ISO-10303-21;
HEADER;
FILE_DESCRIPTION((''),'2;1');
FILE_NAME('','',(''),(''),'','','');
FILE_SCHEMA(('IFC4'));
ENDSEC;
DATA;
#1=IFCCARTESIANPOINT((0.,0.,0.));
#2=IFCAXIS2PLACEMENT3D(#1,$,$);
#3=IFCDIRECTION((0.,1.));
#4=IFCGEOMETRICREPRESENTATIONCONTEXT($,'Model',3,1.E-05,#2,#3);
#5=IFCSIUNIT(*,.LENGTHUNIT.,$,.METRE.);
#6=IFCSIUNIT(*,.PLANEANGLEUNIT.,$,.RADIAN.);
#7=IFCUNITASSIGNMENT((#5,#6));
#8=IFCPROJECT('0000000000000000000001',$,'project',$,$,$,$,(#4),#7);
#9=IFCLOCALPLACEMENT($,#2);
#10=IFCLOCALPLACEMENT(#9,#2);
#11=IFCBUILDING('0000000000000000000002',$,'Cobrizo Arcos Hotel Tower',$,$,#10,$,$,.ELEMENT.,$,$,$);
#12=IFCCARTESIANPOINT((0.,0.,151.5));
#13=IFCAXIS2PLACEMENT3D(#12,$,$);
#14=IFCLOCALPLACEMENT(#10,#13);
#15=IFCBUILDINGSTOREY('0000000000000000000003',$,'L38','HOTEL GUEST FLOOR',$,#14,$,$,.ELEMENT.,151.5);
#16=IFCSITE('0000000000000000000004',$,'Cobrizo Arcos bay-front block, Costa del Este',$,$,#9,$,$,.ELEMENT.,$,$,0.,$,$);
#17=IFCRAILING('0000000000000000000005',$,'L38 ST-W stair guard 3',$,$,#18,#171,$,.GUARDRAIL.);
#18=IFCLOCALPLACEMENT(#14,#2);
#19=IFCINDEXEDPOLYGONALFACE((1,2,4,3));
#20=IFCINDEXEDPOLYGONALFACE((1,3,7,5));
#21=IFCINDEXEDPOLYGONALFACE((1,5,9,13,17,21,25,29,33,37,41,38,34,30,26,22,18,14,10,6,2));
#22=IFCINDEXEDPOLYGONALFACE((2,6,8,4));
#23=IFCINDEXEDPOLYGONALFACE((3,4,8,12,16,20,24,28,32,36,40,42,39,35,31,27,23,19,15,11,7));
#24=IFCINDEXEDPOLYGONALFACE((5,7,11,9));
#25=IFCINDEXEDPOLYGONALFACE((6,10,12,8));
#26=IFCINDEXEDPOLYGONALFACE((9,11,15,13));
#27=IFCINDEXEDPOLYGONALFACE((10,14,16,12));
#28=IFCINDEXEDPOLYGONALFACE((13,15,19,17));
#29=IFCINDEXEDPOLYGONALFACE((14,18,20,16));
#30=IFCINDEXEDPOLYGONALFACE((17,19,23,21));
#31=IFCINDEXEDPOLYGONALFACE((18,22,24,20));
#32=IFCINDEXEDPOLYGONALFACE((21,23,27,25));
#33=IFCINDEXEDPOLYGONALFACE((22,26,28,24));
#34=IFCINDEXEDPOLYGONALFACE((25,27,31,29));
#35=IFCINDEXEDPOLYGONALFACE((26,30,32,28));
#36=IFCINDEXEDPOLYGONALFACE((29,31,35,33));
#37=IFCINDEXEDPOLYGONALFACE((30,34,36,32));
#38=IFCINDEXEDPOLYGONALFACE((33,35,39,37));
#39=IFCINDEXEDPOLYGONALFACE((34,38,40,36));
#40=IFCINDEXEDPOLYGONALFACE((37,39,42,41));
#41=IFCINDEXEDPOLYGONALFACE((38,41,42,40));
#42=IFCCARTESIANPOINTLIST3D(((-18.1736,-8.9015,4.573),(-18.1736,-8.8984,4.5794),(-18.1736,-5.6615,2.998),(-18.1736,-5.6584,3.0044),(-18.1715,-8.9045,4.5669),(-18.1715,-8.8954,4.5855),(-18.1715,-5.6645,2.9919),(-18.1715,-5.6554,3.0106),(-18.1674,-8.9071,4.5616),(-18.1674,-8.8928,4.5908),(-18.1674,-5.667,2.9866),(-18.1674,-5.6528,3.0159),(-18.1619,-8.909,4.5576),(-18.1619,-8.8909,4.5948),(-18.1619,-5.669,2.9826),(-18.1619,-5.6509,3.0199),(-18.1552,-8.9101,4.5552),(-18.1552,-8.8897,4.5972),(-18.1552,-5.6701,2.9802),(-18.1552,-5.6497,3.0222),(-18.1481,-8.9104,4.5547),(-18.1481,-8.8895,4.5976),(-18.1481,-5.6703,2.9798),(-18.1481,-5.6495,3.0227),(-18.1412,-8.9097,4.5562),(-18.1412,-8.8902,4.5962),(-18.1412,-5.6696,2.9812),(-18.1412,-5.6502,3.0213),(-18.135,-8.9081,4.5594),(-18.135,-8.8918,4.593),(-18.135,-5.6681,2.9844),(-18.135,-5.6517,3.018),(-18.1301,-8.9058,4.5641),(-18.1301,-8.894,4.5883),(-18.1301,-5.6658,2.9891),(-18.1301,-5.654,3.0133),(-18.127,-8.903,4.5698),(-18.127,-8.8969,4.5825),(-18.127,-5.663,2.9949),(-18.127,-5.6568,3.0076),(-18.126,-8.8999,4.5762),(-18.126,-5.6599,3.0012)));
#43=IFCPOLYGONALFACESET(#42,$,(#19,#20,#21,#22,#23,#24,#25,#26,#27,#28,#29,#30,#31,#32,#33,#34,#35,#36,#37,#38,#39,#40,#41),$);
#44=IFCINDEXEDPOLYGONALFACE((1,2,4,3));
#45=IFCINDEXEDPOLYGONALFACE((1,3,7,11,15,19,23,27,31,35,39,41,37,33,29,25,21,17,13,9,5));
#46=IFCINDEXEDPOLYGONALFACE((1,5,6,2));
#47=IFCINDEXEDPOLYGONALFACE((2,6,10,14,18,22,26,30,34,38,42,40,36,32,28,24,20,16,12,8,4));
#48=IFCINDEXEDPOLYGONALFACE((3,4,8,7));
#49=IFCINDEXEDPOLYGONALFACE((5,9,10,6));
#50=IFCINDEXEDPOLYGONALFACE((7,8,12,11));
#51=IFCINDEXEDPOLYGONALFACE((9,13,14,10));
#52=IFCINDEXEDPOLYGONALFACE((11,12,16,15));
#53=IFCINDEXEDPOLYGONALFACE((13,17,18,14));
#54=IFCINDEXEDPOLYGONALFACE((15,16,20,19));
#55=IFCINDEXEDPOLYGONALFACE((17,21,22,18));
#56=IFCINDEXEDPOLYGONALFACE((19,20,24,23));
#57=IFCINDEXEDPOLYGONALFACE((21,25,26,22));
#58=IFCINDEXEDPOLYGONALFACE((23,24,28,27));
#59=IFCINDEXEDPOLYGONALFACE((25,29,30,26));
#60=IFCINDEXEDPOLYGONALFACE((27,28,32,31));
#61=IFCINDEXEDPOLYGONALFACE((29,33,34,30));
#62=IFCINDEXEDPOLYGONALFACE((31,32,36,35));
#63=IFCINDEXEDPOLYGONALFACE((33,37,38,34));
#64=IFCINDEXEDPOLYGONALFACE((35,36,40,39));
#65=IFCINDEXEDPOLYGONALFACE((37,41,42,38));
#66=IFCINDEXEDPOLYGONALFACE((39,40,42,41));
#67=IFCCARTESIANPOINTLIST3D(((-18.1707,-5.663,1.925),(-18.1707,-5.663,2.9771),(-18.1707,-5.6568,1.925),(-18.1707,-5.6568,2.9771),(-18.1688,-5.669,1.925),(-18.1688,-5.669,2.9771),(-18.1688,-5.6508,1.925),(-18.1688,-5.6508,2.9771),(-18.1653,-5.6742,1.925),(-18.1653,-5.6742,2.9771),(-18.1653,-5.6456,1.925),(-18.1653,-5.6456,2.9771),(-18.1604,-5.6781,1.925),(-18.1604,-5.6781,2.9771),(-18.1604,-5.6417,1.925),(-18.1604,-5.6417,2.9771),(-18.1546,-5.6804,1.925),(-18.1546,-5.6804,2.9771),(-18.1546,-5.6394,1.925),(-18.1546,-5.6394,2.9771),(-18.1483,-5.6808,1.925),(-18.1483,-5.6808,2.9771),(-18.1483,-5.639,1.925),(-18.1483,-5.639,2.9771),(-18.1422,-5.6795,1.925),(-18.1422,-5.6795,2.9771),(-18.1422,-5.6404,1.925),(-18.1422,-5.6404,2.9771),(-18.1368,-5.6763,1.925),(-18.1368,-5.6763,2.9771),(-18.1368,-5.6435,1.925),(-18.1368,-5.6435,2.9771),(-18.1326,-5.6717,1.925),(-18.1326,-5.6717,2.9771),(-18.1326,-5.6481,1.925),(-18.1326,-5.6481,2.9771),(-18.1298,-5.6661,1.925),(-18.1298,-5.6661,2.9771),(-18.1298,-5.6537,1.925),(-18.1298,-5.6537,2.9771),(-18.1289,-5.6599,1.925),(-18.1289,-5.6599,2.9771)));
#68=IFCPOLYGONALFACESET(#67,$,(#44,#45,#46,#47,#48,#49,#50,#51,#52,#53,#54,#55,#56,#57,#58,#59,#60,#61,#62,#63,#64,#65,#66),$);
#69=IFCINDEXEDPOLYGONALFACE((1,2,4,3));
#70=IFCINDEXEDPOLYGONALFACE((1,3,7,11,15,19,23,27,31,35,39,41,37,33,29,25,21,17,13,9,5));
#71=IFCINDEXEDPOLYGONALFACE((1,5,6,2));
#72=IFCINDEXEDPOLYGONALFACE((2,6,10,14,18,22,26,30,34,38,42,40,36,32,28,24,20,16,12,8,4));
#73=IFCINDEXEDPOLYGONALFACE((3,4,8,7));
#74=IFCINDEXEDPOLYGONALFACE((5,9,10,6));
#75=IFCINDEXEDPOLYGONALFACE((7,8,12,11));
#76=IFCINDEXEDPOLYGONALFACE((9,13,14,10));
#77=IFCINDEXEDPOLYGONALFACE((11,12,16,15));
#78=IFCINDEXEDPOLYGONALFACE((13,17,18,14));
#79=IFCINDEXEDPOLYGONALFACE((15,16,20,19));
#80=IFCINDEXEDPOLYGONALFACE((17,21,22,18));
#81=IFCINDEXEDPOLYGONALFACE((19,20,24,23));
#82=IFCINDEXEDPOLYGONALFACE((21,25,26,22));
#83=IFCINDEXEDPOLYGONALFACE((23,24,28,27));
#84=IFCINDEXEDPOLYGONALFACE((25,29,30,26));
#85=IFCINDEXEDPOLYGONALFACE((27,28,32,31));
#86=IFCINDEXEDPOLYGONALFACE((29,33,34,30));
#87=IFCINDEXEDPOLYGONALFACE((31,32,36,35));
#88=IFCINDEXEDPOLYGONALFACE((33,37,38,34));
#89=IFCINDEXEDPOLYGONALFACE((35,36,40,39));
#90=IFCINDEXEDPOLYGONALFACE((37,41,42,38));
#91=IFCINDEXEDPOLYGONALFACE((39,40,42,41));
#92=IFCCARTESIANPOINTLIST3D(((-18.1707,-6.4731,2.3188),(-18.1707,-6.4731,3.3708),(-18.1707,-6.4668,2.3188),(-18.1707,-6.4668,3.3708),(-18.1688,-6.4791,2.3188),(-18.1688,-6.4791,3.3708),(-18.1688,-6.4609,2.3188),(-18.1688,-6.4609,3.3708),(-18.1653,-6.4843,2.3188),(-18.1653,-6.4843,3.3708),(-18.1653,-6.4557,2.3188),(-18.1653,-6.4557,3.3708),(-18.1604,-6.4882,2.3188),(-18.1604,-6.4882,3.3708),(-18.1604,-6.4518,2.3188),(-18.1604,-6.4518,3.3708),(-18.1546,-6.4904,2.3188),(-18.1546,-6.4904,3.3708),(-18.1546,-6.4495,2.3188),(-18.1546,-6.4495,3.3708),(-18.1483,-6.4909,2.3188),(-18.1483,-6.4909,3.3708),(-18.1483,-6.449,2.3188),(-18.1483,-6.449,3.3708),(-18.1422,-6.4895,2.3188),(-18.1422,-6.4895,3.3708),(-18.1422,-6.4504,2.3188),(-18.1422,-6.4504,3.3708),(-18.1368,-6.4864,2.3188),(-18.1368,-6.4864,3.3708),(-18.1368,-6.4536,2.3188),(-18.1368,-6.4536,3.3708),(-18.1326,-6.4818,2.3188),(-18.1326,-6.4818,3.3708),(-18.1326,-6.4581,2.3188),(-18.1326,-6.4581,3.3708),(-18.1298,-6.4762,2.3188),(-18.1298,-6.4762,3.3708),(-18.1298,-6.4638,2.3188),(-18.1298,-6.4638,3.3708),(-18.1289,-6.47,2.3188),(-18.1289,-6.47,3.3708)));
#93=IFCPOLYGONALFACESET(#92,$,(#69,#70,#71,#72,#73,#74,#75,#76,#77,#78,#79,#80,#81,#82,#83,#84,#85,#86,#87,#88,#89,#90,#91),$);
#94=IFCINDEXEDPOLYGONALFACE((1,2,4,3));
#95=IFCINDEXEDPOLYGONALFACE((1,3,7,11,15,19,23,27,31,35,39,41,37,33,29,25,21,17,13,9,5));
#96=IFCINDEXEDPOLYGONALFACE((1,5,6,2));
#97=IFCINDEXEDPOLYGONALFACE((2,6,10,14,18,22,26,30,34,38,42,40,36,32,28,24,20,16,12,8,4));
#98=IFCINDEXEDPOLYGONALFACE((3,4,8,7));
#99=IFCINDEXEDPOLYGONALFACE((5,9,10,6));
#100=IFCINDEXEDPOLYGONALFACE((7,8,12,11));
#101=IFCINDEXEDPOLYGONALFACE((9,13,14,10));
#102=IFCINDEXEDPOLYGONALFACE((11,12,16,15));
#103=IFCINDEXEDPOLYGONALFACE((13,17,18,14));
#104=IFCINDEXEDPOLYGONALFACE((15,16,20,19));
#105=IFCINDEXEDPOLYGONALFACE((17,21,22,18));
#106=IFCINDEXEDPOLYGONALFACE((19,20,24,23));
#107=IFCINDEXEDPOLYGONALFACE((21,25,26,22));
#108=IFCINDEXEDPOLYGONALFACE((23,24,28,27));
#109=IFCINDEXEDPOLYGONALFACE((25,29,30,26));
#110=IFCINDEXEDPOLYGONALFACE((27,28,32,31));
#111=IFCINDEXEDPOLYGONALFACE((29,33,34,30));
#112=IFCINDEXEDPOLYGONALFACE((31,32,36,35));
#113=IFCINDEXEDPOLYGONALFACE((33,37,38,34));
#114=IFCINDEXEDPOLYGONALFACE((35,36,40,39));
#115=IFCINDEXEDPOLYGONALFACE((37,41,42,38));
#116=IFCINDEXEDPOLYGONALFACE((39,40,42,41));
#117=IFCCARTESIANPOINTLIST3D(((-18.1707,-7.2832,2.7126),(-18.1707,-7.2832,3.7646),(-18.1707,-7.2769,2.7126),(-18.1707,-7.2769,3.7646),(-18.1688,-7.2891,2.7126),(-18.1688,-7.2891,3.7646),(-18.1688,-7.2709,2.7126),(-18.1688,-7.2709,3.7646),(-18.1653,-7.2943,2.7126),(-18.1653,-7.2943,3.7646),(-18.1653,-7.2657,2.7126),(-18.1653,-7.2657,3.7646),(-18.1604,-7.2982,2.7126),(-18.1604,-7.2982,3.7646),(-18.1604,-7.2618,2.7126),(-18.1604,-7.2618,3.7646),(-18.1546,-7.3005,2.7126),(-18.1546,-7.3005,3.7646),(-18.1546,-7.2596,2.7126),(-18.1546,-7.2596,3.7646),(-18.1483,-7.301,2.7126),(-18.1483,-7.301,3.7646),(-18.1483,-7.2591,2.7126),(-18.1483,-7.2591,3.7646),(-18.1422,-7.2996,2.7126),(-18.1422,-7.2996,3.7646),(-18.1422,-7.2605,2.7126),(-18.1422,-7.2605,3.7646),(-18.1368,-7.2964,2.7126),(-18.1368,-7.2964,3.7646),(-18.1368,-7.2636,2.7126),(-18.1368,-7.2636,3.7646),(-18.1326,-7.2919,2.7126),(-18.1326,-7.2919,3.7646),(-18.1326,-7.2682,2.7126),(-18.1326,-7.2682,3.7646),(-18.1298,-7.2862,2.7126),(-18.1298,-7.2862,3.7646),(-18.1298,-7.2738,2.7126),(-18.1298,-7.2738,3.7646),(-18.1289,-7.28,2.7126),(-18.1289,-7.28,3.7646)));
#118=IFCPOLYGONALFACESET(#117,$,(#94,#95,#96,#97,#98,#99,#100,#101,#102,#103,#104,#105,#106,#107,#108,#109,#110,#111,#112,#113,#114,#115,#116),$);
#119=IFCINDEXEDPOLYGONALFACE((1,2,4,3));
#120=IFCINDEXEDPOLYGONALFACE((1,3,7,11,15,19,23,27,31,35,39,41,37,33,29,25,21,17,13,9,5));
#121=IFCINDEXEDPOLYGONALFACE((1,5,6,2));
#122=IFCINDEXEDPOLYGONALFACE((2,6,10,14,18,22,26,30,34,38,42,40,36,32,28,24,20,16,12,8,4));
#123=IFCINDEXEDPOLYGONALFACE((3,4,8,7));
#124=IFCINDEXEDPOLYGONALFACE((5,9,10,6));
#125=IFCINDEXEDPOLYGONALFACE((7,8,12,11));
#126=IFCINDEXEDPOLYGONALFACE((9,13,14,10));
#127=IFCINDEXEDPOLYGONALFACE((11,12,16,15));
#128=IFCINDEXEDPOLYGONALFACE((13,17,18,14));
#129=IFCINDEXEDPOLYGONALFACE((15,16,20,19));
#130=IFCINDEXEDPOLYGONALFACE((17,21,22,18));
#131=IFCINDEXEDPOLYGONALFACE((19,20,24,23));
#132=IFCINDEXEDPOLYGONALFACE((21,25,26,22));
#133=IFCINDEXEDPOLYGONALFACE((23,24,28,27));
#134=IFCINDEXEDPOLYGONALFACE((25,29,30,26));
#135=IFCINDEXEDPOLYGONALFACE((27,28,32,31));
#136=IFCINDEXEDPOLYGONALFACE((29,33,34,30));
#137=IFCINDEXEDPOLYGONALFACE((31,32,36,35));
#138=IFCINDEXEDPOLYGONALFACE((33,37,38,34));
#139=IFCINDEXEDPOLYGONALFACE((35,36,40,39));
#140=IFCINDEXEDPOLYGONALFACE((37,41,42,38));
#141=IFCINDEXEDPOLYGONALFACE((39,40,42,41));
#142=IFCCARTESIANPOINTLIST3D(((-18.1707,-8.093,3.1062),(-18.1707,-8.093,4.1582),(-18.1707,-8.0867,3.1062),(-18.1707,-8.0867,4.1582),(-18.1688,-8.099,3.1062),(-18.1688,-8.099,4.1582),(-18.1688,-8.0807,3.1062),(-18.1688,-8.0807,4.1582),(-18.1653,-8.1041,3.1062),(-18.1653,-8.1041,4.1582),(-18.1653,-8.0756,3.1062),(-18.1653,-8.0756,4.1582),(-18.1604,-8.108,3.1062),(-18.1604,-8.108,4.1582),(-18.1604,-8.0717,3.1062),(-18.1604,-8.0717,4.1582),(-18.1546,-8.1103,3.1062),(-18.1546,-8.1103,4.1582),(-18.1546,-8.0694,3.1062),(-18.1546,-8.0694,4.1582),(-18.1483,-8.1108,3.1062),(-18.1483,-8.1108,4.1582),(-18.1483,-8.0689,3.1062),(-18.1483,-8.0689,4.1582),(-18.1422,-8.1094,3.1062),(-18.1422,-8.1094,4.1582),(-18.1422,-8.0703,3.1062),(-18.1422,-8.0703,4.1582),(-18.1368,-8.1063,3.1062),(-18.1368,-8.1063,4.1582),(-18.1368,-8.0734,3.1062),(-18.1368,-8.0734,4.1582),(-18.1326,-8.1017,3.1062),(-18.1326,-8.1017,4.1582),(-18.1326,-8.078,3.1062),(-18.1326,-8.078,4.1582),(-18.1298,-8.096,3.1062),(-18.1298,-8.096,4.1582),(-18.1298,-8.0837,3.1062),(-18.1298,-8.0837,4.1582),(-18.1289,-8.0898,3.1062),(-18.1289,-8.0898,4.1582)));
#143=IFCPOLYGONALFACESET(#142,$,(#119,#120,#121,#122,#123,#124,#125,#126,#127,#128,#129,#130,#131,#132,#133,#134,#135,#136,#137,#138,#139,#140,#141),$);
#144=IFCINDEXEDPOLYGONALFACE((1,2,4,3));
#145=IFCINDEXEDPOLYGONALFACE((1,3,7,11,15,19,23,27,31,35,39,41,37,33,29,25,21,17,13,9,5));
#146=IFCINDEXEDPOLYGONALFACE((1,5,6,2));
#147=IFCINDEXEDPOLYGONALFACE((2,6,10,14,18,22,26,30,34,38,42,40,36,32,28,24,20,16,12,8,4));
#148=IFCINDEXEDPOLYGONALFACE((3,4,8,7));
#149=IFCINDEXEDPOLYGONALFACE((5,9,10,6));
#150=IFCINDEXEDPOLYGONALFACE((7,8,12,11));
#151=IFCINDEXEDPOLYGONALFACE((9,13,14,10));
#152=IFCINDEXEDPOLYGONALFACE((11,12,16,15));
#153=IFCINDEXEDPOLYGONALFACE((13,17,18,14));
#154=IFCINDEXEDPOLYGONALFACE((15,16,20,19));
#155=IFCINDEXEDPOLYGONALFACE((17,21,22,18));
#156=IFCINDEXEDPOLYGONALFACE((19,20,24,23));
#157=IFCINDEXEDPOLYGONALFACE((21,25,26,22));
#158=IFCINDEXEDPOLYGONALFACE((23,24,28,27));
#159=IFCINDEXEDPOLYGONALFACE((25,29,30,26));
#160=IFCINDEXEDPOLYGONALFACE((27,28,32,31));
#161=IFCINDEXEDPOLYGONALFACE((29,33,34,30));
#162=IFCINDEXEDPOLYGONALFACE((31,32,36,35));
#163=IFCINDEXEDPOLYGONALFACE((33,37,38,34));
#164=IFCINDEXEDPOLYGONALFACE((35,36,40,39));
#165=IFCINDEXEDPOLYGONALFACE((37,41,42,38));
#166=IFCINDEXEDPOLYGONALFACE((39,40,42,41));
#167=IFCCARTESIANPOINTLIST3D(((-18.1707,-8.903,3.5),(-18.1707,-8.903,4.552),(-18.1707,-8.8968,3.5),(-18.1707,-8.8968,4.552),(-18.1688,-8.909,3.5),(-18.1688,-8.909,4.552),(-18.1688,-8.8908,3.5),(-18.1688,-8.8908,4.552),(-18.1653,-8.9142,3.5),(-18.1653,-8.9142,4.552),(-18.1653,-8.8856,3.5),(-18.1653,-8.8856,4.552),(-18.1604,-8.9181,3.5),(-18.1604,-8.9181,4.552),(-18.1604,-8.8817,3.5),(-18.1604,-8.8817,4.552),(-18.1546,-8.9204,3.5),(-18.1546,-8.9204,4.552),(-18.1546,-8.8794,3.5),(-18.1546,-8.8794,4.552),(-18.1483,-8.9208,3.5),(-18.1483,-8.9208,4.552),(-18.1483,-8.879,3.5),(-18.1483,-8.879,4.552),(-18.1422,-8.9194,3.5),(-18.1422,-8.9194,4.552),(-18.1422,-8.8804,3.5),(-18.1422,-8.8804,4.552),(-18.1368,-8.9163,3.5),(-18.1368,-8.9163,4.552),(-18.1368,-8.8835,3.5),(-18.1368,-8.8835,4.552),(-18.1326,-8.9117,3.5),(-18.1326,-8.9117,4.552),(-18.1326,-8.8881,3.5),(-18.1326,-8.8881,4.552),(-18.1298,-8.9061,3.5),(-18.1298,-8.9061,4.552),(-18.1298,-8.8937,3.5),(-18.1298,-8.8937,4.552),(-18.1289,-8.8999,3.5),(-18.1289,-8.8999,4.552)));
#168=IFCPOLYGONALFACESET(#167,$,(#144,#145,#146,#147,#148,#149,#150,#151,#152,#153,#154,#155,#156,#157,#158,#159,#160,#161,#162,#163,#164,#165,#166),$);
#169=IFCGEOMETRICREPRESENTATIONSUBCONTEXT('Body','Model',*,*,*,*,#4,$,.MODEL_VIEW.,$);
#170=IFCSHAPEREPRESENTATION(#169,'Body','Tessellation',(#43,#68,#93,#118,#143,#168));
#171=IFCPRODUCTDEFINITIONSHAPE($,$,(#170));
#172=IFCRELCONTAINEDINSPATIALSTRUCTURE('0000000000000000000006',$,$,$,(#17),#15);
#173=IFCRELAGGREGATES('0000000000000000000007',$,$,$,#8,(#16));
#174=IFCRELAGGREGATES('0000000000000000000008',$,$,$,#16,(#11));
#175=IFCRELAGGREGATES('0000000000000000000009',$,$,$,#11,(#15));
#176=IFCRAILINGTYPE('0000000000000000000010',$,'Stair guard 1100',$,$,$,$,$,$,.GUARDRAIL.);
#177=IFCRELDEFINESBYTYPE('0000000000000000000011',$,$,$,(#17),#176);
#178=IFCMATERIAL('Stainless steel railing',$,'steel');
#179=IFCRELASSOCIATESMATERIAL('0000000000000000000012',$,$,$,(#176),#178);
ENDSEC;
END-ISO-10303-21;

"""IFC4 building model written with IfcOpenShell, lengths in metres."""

from ifc_helpers import new_model, si_unit, direction, frame, origin, origin_2d, place, context, subcontext, project, spatial, circle, extrude, material, type_object, element, save


model = new_model("IFC4")

# Units and contexts
model_context = context("Model", 3, precision=1e-05, world=origin(), true_north=direction((0.0, 1.0)))
body_context = subcontext(model_context, "Body", "Model", "MODEL_VIEW")
ifc_project = project(units=[si_unit("LENGTHUNIT", "METRE"), si_unit("PLANEANGLEUNIT", "RADIAN")], contexts=[model_context])

# Site, building, storey
site_placement = place(None, origin())
site = spatial("IfcSite", under=ifc_project, at=site_placement, Name="Cobrizo Arcos bay-front block, Costa del Este", CompositionType="ELEMENT", RefElevation=0.0)
building_placement = place(site_placement, origin())
building = spatial("IfcBuilding", under=site, at=building_placement, Name="Cobrizo Arcos Hotel Tower", CompositionType="ELEMENT")
storey_placement = place(building_placement, frame((0.0, 0.0, 151.5)))
storey = spatial("IfcBuildingStorey", under=building, at=storey_placement, Name="L38", Description="HOTEL GUEST FLOOR", CompositionType="ELEMENT", Elevation=151.5)

# Railing
ifc_material_1 = material(Name="Stainless steel railing", Category="steel")
railing_type_1 = type_object("IfcRailingType", Name="Stair guard 1100", PredefinedType="GUARDRAIL", material=ifc_material_1)
railing_1_placement = place(storey_placement, frame((-18.1499, -5.6599, 1.925)))
element("IfcRailing", 1, at=railing_1_placement, inside=storey, type_object=railing_type_1, Name="L38 ST-W stair guard 3", PredefinedType="GUARDRAIL", context=body_context, shape_type="SweptSolid", body=[
    extrude(circle(Radius=0.0239, at=origin_2d()), frame((0.0, 0.0, 1.0762), z_axis=(0.0, -0.899373, 0.437183), x_axis=(1.0, 0.0, 0.0)), (0.0, 0.0, 1.0), 3.6025),
    extrude(circle(Radius=0.021, at=origin_2d()), origin(), (0.0, 0.0, 1.0), 1.052),
    extrude(circle(Radius=0.021, at=origin_2d()), frame((0.0, -0.8101, 0.3938)), (0.0, 0.0, 1.0), 1.052),
    extrude(circle(Radius=0.021, at=origin_2d()), frame((0.0, -1.6201, 0.7876)), (0.0, 0.0, 1.0), 1.052),
    extrude(circle(Radius=0.021, at=origin_2d()), frame((0.0, -2.4299, 1.1812)), (0.0, 0.0, 1.0), 1.052),
    extrude(circle(Radius=0.021, at=origin_2d()), frame((0.0, -3.24, 1.575)), (0.0, 0.0, 1.0), 1.052),
])

save(model, "model.ifc")
